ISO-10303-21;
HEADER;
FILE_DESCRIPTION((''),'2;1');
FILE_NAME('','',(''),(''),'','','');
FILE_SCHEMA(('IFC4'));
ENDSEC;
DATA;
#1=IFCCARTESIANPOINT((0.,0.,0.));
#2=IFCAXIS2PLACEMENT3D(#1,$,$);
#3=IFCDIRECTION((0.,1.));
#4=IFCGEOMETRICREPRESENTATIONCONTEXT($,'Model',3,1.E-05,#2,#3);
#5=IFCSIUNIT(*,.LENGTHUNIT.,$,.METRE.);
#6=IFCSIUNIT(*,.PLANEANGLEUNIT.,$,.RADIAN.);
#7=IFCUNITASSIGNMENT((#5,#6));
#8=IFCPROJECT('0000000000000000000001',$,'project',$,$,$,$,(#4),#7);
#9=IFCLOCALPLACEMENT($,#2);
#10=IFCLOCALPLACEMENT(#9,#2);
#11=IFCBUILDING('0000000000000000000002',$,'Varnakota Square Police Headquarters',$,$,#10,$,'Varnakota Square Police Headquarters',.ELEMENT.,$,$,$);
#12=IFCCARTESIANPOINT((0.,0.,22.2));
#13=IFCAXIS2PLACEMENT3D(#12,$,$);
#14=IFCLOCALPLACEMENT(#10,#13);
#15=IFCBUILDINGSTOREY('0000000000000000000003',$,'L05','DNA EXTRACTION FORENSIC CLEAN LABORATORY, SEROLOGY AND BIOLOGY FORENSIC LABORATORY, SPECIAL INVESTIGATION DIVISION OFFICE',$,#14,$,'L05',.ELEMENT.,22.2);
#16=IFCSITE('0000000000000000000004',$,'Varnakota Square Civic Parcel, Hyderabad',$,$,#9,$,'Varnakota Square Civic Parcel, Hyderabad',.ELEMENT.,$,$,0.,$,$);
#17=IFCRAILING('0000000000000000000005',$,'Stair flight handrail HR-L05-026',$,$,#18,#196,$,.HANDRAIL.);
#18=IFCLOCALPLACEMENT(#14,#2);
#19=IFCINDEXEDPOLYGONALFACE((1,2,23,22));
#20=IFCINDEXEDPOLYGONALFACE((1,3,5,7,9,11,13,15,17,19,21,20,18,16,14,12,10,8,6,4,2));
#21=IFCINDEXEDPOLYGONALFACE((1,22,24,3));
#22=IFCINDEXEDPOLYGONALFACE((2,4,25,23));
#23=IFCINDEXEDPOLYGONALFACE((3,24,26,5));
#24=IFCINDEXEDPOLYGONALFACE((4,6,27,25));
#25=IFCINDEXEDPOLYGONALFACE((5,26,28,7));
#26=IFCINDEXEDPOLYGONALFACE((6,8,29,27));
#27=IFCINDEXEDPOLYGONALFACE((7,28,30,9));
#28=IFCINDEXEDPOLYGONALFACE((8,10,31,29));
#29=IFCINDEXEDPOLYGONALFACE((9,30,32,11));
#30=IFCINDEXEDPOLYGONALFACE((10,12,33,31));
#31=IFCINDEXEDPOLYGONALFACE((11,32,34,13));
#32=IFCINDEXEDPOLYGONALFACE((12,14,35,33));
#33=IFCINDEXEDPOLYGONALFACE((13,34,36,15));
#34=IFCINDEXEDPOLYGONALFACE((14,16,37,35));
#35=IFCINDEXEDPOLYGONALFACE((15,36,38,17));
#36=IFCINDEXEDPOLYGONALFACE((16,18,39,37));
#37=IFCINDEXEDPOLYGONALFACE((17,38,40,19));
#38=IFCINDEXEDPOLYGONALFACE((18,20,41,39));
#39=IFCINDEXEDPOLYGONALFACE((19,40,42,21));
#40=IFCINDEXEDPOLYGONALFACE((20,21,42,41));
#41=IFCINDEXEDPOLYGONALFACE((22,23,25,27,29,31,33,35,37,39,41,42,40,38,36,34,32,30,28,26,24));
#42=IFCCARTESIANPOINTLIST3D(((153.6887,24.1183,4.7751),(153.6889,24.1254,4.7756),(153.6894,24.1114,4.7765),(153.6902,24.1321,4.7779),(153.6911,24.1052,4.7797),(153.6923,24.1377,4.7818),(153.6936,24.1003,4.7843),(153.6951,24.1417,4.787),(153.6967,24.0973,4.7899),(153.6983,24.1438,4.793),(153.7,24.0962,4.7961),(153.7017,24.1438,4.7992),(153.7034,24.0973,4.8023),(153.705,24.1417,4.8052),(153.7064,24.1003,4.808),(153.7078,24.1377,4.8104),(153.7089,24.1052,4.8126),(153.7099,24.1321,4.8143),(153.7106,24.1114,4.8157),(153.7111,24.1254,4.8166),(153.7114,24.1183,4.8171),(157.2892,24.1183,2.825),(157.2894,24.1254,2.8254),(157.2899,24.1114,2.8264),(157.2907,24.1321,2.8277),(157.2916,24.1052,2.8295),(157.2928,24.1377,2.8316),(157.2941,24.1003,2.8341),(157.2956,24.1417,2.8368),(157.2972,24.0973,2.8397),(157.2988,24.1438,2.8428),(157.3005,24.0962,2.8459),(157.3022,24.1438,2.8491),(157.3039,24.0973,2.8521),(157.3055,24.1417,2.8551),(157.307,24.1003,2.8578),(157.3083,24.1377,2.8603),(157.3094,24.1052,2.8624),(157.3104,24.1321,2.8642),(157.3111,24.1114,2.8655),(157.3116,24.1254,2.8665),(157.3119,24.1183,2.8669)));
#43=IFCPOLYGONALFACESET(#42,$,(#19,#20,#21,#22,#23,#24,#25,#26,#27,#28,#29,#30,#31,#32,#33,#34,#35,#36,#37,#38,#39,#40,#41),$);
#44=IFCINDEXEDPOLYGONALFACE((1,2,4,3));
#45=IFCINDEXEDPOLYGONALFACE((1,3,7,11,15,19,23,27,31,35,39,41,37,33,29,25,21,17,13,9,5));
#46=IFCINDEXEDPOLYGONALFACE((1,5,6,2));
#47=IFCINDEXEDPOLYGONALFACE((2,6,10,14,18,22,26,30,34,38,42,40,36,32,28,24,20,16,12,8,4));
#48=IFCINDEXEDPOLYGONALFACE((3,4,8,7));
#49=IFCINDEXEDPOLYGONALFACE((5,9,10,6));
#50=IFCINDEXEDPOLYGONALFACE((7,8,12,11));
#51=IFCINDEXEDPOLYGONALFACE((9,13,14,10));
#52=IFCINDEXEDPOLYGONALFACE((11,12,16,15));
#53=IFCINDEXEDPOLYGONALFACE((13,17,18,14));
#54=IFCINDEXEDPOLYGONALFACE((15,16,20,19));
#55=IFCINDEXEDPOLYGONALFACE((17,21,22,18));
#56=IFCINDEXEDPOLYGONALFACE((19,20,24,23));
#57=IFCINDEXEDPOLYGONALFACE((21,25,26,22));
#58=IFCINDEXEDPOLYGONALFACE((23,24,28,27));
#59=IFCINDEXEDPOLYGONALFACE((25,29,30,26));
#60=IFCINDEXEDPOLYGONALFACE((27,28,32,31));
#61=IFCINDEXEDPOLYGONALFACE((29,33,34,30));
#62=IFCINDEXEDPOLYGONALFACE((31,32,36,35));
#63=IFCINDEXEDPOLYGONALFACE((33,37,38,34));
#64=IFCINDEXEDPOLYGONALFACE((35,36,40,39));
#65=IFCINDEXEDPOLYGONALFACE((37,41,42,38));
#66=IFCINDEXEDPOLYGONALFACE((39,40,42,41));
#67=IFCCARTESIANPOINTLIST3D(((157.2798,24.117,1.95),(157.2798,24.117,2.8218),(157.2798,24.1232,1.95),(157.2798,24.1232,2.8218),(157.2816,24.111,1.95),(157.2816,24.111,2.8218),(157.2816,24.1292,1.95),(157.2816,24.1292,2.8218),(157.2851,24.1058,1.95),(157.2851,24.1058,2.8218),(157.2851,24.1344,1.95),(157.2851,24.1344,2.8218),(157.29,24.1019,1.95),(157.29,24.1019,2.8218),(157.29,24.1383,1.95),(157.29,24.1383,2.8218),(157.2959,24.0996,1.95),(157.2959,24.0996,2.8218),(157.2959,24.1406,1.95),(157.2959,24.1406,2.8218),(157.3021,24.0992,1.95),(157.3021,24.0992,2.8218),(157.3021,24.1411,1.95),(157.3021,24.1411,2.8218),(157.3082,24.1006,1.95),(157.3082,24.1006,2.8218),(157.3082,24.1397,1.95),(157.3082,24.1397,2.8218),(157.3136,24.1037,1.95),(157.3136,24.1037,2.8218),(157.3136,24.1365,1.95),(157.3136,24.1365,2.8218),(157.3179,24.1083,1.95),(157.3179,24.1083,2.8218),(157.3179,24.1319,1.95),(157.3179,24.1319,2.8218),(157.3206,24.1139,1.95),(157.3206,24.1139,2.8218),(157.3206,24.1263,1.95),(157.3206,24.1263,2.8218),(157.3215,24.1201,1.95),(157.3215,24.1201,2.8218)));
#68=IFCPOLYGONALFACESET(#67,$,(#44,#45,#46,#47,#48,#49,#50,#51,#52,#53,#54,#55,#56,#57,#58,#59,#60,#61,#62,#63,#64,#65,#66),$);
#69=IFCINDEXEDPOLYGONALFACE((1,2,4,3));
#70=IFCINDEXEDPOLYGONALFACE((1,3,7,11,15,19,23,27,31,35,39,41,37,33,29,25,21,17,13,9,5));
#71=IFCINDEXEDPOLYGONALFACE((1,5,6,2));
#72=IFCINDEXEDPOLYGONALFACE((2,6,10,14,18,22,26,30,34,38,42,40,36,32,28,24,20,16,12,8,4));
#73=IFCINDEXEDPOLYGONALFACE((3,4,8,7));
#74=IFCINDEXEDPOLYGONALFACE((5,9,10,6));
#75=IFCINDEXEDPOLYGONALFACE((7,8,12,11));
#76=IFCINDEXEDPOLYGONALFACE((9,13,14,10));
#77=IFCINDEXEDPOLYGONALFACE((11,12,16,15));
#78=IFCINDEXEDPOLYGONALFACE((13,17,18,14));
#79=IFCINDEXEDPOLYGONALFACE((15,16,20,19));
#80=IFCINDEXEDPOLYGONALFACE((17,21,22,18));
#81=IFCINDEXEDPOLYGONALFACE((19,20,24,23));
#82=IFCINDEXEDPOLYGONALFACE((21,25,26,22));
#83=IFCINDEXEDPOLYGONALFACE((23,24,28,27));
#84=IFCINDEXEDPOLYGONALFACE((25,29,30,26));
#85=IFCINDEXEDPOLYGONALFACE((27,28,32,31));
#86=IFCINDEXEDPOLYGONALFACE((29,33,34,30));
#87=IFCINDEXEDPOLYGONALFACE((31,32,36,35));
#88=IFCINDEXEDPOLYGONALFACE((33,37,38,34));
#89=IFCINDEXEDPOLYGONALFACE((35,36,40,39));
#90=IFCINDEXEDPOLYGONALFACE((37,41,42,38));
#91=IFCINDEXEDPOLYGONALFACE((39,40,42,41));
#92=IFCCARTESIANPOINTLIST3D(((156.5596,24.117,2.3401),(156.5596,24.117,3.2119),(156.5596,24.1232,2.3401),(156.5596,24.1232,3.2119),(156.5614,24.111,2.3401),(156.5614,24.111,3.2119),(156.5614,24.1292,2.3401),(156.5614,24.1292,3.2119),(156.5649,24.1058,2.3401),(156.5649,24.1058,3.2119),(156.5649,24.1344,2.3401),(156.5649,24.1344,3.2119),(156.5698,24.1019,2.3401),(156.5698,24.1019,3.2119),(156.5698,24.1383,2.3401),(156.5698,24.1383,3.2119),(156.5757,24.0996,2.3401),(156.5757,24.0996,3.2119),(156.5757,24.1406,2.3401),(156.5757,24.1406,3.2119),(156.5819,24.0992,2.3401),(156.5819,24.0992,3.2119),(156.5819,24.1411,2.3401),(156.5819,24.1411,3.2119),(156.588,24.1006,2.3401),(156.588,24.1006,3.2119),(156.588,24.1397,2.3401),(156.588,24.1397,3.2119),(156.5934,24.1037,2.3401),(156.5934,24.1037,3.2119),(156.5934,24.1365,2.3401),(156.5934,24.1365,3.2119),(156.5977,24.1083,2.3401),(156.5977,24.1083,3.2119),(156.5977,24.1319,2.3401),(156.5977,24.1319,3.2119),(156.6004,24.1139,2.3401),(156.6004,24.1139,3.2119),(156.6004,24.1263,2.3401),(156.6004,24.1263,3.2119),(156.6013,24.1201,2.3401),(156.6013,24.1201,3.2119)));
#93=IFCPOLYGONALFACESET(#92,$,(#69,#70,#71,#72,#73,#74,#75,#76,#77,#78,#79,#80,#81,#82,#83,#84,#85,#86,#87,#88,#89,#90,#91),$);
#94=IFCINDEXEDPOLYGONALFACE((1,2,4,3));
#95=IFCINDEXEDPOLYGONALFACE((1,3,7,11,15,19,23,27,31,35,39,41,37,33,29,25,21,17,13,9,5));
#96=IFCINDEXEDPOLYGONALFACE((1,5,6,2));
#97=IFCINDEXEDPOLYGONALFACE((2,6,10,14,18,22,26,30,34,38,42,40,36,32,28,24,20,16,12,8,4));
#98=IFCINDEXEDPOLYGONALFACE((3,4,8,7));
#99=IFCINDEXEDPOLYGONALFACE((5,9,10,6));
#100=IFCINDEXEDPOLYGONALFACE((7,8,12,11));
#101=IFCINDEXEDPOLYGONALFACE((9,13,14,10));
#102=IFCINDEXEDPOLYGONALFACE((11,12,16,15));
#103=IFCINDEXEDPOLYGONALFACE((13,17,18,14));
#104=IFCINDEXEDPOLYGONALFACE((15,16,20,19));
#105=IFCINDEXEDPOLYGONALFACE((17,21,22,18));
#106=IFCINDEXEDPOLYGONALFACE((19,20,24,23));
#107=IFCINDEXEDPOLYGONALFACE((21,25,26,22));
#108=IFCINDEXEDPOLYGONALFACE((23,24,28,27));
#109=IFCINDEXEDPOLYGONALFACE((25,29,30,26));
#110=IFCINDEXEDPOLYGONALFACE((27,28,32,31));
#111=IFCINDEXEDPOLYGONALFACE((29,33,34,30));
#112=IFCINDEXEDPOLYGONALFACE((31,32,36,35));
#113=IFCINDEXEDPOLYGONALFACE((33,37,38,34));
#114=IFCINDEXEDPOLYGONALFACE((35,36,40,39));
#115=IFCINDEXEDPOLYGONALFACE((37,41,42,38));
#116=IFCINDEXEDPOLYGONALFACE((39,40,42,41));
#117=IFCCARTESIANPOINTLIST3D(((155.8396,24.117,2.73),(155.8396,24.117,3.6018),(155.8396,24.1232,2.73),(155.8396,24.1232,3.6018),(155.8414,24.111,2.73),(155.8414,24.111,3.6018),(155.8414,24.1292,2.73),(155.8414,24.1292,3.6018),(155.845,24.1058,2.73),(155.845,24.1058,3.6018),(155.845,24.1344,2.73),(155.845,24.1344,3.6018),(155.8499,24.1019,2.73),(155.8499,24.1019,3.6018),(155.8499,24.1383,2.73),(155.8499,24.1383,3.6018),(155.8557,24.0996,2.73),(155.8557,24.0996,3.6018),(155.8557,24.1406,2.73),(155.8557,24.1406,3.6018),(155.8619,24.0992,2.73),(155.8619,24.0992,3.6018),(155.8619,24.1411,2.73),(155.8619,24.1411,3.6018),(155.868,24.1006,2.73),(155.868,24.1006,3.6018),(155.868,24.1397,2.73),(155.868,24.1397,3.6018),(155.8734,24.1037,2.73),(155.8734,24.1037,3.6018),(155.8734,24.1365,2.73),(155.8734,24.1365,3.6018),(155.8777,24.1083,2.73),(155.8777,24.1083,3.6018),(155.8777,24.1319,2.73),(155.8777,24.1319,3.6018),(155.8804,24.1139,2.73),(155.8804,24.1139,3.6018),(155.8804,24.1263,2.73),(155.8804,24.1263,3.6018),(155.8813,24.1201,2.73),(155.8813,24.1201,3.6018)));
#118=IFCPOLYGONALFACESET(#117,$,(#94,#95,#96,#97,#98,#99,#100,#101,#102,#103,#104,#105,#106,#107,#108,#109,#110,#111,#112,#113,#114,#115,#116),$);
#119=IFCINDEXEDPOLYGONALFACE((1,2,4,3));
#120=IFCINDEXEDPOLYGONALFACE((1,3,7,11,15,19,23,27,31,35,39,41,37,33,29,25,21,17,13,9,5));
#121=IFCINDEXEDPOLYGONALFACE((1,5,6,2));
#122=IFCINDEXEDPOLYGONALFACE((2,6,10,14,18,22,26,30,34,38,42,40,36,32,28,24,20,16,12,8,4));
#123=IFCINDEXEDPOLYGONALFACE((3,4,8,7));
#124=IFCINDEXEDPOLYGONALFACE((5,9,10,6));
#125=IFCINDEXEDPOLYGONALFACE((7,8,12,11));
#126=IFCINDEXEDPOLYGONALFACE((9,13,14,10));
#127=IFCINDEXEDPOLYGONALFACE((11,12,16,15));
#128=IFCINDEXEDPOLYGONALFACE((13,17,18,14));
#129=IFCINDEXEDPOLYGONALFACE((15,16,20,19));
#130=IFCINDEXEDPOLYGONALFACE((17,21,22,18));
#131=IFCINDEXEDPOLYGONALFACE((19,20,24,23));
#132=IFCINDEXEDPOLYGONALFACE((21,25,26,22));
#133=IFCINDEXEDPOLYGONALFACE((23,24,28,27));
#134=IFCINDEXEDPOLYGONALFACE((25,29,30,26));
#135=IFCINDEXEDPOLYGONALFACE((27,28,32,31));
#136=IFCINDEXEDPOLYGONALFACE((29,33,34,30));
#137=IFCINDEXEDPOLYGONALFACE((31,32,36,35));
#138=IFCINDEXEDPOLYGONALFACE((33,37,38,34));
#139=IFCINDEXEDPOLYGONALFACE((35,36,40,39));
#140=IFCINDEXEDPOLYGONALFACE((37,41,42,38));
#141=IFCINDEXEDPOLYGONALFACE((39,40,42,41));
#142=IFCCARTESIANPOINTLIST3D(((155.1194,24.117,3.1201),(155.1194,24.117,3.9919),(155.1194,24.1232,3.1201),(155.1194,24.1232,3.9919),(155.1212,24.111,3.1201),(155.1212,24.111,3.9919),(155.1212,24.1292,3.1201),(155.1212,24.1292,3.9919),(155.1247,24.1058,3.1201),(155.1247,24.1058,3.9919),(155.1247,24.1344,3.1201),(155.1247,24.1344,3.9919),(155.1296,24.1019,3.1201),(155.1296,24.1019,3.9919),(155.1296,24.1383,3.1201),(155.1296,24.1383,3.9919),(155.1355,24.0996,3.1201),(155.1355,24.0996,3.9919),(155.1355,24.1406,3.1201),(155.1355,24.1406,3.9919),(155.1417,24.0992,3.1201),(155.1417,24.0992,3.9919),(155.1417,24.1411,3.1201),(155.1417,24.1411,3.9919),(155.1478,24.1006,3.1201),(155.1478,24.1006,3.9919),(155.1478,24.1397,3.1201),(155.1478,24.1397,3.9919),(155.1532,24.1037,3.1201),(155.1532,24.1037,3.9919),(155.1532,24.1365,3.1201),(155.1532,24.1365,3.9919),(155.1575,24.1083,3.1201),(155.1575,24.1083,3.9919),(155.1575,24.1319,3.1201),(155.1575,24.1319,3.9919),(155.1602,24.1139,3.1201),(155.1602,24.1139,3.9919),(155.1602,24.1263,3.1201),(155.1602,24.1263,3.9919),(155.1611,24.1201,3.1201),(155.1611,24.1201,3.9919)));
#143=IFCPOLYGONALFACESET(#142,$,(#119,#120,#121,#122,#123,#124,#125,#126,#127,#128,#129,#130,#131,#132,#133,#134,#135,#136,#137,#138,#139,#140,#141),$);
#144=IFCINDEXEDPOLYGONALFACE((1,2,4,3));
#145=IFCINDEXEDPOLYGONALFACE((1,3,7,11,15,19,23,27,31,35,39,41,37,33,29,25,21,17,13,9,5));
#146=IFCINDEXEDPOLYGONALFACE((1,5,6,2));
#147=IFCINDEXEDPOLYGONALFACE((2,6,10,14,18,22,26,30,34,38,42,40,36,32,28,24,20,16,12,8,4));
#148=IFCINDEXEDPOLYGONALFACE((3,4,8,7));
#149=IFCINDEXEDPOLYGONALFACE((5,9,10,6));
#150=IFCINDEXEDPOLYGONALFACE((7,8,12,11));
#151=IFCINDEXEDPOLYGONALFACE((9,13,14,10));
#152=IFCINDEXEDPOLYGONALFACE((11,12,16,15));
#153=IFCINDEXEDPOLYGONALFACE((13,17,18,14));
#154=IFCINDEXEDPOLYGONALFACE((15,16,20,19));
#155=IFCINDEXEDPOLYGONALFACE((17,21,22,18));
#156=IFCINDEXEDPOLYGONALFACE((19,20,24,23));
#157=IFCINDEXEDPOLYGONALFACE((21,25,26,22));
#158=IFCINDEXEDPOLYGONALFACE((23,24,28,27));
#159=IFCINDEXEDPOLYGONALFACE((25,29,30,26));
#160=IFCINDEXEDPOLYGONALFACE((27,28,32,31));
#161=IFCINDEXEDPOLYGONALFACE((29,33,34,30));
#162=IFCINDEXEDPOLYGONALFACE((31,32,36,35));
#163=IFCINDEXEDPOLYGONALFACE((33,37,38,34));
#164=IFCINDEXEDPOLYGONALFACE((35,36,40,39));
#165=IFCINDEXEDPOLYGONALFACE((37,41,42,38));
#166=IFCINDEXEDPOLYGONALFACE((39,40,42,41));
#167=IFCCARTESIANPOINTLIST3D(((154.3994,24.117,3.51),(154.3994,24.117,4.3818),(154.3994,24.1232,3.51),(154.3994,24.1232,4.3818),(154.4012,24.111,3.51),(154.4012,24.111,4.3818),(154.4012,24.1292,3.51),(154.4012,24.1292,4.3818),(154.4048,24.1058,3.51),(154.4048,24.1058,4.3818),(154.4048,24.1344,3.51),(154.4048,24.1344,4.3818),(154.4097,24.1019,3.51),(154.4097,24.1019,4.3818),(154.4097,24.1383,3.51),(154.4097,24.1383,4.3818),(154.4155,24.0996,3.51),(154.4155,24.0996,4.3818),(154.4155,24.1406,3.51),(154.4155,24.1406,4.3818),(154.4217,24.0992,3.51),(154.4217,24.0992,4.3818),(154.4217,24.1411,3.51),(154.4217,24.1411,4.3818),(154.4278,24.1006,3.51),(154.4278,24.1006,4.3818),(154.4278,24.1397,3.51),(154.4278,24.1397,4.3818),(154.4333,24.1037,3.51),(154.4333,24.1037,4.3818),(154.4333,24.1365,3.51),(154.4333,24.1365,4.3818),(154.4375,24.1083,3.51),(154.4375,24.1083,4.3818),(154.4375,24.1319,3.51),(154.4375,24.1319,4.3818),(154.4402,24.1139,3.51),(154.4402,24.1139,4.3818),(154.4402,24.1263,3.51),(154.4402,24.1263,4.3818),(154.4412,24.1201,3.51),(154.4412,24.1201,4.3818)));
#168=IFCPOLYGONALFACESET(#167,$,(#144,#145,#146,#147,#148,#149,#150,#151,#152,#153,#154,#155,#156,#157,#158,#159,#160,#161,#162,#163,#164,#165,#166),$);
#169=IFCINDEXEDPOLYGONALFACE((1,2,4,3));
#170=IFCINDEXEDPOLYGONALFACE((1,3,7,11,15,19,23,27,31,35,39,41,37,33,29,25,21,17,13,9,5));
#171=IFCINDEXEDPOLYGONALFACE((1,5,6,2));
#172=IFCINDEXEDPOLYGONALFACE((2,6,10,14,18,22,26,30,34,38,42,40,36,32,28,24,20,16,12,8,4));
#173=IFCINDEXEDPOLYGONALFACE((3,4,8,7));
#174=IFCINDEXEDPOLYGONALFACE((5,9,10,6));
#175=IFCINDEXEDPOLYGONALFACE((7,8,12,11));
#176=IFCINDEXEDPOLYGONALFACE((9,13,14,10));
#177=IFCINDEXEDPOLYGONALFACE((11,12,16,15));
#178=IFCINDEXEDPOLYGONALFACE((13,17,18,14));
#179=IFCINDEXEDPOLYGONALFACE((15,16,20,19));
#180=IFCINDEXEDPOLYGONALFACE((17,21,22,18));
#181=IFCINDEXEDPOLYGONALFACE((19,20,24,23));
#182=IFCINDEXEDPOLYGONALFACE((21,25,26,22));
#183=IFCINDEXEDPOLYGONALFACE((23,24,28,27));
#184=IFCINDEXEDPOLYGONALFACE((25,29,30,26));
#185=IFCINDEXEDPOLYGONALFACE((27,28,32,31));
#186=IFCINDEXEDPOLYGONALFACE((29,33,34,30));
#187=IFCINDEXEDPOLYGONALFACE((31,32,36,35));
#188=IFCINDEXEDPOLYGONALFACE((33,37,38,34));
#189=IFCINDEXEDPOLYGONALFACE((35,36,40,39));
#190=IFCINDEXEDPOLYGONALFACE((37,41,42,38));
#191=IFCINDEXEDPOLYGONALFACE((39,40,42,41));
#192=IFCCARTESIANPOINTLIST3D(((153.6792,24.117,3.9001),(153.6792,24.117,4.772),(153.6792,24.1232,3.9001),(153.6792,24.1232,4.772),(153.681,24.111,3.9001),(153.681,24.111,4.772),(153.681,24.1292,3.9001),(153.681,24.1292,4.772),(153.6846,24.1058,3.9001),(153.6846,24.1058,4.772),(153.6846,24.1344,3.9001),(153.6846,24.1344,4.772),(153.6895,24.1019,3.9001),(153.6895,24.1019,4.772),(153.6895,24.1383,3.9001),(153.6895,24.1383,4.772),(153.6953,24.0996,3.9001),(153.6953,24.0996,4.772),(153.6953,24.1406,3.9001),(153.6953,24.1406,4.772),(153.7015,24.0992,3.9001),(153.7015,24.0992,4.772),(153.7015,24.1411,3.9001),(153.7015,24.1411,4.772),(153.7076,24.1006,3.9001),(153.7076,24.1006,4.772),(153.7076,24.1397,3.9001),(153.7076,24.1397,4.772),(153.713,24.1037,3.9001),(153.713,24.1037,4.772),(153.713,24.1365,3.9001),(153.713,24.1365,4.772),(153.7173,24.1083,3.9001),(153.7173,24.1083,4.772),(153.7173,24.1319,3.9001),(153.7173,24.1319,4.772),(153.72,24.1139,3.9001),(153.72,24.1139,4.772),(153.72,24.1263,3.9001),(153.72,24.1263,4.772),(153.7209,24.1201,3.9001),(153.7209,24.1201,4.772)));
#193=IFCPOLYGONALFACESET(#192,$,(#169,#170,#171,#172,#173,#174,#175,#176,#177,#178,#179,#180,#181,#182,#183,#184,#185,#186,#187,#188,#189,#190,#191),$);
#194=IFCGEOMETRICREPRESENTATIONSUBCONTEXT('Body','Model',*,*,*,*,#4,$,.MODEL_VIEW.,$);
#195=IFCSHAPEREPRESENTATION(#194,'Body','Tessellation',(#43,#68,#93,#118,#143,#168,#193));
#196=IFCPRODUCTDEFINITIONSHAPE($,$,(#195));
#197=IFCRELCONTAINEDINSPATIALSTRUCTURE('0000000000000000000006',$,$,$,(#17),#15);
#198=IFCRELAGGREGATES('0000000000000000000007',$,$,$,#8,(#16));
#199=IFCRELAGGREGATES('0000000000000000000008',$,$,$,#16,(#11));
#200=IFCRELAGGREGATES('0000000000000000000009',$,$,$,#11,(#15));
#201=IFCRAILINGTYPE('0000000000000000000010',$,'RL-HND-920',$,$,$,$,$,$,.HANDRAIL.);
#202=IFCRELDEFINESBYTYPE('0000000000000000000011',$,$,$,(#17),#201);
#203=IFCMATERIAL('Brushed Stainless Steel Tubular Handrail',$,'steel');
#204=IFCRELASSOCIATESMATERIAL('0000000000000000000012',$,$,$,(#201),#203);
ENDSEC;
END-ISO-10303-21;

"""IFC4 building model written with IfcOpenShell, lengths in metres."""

from ifc_helpers import new_model, si_unit, direction, frame, origin, origin_2d, place, context, subcontext, project, spatial, circle, extrude, material, type_object, element, save


model = new_model("IFC4")

# Units and contexts
model_context = context("Model", 3, precision=1e-05, world=origin(), true_north=direction((0.0, 1.0)))
body_context = subcontext(model_context, "Body", "Model", "MODEL_VIEW")
ifc_project = project(units=[si_unit("LENGTHUNIT", "METRE"), si_unit("PLANEANGLEUNIT", "RADIAN")], contexts=[model_context])

# Site, building, storey
site_placement = place(None, origin())
site = spatial("IfcSite", under=ifc_project, at=site_placement, Name="Varnakota Square Civic Parcel, Hyderabad", LongName="Varnakota Square Civic Parcel, Hyderabad", CompositionType="ELEMENT", RefElevation=0.0)
building_placement = place(site_placement, origin())
building = spatial("IfcBuilding", under=site, at=building_placement, Name="Varnakota Square Police Headquarters", LongName="Varnakota Square Police Headquarters", CompositionType="ELEMENT")
storey_placement = place(building_placement, frame((0.0, 0.0, 22.2)))
storey = spatial("IfcBuildingStorey", under=building, at=storey_placement, Name="L05", Description="DNA EXTRACTION FORENSIC CLEAN LABORATORY, SEROLOGY AND BIOLOGY FORENSIC LABORATORY, SPECIAL INVESTIGATION DIVISION OFFICE", LongName="L05", CompositionType="ELEMENT", Elevation=22.2)

# Railing
ifc_material_1 = material(Name="Brushed Stainless Steel Tubular Handrail", Category="steel")
railing_type_1 = type_object("IfcRailingType", Name="RL-HND-920", PredefinedType="HANDRAIL", material=ifc_material_1)
railing_1_placement = place(storey_placement, frame((157.3005, 24.1201, 1.95)))
element("IfcRailing", 1, at=railing_1_placement, inside=storey, type_object=railing_type_1, Name="Stair flight handrail HR-L05-026", PredefinedType="HANDRAIL", context=body_context, shape_type="SweptSolid", body=[
    extrude(circle(Radius=0.0239, at=origin_2d()), frame((0.0, 0.0, 0.896), z_axis=(-0.879304, 0.0, 0.47626), x_axis=(0.0, -1.0, 0.0)), (0.0, 0.0, 1.0), 4.0947),
    extrude(circle(Radius=0.021, at=origin_2d()), origin(), (0.0, 0.0, 1.0), 0.8718),
    extrude(circle(Radius=0.021, at=origin_2d()), frame((-0.7202, 0.0, 0.3901)), (0.0, 0.0, 1.0), 0.8718),
    extrude(circle(Radius=0.021, at=origin_2d()), frame((-1.4402, 0.0, 0.78)), (0.0, 0.0, 1.0), 0.8718),
    extrude(circle(Radius=0.021, at=origin_2d()), frame((-2.1604, 0.0, 1.1702)), (0.0, 0.0, 1.0), 0.8718),
    extrude(circle(Radius=0.021, at=origin_2d()), frame((-2.8804, 0.0, 1.5601)), (0.0, 0.0, 1.0), 0.8718),
    extrude(circle(Radius=0.021, at=origin_2d()), frame((-3.6006, 0.0, 1.9502)), (0.0, 0.0, 1.0), 0.8718),
])

save(model, "model.ifc")
